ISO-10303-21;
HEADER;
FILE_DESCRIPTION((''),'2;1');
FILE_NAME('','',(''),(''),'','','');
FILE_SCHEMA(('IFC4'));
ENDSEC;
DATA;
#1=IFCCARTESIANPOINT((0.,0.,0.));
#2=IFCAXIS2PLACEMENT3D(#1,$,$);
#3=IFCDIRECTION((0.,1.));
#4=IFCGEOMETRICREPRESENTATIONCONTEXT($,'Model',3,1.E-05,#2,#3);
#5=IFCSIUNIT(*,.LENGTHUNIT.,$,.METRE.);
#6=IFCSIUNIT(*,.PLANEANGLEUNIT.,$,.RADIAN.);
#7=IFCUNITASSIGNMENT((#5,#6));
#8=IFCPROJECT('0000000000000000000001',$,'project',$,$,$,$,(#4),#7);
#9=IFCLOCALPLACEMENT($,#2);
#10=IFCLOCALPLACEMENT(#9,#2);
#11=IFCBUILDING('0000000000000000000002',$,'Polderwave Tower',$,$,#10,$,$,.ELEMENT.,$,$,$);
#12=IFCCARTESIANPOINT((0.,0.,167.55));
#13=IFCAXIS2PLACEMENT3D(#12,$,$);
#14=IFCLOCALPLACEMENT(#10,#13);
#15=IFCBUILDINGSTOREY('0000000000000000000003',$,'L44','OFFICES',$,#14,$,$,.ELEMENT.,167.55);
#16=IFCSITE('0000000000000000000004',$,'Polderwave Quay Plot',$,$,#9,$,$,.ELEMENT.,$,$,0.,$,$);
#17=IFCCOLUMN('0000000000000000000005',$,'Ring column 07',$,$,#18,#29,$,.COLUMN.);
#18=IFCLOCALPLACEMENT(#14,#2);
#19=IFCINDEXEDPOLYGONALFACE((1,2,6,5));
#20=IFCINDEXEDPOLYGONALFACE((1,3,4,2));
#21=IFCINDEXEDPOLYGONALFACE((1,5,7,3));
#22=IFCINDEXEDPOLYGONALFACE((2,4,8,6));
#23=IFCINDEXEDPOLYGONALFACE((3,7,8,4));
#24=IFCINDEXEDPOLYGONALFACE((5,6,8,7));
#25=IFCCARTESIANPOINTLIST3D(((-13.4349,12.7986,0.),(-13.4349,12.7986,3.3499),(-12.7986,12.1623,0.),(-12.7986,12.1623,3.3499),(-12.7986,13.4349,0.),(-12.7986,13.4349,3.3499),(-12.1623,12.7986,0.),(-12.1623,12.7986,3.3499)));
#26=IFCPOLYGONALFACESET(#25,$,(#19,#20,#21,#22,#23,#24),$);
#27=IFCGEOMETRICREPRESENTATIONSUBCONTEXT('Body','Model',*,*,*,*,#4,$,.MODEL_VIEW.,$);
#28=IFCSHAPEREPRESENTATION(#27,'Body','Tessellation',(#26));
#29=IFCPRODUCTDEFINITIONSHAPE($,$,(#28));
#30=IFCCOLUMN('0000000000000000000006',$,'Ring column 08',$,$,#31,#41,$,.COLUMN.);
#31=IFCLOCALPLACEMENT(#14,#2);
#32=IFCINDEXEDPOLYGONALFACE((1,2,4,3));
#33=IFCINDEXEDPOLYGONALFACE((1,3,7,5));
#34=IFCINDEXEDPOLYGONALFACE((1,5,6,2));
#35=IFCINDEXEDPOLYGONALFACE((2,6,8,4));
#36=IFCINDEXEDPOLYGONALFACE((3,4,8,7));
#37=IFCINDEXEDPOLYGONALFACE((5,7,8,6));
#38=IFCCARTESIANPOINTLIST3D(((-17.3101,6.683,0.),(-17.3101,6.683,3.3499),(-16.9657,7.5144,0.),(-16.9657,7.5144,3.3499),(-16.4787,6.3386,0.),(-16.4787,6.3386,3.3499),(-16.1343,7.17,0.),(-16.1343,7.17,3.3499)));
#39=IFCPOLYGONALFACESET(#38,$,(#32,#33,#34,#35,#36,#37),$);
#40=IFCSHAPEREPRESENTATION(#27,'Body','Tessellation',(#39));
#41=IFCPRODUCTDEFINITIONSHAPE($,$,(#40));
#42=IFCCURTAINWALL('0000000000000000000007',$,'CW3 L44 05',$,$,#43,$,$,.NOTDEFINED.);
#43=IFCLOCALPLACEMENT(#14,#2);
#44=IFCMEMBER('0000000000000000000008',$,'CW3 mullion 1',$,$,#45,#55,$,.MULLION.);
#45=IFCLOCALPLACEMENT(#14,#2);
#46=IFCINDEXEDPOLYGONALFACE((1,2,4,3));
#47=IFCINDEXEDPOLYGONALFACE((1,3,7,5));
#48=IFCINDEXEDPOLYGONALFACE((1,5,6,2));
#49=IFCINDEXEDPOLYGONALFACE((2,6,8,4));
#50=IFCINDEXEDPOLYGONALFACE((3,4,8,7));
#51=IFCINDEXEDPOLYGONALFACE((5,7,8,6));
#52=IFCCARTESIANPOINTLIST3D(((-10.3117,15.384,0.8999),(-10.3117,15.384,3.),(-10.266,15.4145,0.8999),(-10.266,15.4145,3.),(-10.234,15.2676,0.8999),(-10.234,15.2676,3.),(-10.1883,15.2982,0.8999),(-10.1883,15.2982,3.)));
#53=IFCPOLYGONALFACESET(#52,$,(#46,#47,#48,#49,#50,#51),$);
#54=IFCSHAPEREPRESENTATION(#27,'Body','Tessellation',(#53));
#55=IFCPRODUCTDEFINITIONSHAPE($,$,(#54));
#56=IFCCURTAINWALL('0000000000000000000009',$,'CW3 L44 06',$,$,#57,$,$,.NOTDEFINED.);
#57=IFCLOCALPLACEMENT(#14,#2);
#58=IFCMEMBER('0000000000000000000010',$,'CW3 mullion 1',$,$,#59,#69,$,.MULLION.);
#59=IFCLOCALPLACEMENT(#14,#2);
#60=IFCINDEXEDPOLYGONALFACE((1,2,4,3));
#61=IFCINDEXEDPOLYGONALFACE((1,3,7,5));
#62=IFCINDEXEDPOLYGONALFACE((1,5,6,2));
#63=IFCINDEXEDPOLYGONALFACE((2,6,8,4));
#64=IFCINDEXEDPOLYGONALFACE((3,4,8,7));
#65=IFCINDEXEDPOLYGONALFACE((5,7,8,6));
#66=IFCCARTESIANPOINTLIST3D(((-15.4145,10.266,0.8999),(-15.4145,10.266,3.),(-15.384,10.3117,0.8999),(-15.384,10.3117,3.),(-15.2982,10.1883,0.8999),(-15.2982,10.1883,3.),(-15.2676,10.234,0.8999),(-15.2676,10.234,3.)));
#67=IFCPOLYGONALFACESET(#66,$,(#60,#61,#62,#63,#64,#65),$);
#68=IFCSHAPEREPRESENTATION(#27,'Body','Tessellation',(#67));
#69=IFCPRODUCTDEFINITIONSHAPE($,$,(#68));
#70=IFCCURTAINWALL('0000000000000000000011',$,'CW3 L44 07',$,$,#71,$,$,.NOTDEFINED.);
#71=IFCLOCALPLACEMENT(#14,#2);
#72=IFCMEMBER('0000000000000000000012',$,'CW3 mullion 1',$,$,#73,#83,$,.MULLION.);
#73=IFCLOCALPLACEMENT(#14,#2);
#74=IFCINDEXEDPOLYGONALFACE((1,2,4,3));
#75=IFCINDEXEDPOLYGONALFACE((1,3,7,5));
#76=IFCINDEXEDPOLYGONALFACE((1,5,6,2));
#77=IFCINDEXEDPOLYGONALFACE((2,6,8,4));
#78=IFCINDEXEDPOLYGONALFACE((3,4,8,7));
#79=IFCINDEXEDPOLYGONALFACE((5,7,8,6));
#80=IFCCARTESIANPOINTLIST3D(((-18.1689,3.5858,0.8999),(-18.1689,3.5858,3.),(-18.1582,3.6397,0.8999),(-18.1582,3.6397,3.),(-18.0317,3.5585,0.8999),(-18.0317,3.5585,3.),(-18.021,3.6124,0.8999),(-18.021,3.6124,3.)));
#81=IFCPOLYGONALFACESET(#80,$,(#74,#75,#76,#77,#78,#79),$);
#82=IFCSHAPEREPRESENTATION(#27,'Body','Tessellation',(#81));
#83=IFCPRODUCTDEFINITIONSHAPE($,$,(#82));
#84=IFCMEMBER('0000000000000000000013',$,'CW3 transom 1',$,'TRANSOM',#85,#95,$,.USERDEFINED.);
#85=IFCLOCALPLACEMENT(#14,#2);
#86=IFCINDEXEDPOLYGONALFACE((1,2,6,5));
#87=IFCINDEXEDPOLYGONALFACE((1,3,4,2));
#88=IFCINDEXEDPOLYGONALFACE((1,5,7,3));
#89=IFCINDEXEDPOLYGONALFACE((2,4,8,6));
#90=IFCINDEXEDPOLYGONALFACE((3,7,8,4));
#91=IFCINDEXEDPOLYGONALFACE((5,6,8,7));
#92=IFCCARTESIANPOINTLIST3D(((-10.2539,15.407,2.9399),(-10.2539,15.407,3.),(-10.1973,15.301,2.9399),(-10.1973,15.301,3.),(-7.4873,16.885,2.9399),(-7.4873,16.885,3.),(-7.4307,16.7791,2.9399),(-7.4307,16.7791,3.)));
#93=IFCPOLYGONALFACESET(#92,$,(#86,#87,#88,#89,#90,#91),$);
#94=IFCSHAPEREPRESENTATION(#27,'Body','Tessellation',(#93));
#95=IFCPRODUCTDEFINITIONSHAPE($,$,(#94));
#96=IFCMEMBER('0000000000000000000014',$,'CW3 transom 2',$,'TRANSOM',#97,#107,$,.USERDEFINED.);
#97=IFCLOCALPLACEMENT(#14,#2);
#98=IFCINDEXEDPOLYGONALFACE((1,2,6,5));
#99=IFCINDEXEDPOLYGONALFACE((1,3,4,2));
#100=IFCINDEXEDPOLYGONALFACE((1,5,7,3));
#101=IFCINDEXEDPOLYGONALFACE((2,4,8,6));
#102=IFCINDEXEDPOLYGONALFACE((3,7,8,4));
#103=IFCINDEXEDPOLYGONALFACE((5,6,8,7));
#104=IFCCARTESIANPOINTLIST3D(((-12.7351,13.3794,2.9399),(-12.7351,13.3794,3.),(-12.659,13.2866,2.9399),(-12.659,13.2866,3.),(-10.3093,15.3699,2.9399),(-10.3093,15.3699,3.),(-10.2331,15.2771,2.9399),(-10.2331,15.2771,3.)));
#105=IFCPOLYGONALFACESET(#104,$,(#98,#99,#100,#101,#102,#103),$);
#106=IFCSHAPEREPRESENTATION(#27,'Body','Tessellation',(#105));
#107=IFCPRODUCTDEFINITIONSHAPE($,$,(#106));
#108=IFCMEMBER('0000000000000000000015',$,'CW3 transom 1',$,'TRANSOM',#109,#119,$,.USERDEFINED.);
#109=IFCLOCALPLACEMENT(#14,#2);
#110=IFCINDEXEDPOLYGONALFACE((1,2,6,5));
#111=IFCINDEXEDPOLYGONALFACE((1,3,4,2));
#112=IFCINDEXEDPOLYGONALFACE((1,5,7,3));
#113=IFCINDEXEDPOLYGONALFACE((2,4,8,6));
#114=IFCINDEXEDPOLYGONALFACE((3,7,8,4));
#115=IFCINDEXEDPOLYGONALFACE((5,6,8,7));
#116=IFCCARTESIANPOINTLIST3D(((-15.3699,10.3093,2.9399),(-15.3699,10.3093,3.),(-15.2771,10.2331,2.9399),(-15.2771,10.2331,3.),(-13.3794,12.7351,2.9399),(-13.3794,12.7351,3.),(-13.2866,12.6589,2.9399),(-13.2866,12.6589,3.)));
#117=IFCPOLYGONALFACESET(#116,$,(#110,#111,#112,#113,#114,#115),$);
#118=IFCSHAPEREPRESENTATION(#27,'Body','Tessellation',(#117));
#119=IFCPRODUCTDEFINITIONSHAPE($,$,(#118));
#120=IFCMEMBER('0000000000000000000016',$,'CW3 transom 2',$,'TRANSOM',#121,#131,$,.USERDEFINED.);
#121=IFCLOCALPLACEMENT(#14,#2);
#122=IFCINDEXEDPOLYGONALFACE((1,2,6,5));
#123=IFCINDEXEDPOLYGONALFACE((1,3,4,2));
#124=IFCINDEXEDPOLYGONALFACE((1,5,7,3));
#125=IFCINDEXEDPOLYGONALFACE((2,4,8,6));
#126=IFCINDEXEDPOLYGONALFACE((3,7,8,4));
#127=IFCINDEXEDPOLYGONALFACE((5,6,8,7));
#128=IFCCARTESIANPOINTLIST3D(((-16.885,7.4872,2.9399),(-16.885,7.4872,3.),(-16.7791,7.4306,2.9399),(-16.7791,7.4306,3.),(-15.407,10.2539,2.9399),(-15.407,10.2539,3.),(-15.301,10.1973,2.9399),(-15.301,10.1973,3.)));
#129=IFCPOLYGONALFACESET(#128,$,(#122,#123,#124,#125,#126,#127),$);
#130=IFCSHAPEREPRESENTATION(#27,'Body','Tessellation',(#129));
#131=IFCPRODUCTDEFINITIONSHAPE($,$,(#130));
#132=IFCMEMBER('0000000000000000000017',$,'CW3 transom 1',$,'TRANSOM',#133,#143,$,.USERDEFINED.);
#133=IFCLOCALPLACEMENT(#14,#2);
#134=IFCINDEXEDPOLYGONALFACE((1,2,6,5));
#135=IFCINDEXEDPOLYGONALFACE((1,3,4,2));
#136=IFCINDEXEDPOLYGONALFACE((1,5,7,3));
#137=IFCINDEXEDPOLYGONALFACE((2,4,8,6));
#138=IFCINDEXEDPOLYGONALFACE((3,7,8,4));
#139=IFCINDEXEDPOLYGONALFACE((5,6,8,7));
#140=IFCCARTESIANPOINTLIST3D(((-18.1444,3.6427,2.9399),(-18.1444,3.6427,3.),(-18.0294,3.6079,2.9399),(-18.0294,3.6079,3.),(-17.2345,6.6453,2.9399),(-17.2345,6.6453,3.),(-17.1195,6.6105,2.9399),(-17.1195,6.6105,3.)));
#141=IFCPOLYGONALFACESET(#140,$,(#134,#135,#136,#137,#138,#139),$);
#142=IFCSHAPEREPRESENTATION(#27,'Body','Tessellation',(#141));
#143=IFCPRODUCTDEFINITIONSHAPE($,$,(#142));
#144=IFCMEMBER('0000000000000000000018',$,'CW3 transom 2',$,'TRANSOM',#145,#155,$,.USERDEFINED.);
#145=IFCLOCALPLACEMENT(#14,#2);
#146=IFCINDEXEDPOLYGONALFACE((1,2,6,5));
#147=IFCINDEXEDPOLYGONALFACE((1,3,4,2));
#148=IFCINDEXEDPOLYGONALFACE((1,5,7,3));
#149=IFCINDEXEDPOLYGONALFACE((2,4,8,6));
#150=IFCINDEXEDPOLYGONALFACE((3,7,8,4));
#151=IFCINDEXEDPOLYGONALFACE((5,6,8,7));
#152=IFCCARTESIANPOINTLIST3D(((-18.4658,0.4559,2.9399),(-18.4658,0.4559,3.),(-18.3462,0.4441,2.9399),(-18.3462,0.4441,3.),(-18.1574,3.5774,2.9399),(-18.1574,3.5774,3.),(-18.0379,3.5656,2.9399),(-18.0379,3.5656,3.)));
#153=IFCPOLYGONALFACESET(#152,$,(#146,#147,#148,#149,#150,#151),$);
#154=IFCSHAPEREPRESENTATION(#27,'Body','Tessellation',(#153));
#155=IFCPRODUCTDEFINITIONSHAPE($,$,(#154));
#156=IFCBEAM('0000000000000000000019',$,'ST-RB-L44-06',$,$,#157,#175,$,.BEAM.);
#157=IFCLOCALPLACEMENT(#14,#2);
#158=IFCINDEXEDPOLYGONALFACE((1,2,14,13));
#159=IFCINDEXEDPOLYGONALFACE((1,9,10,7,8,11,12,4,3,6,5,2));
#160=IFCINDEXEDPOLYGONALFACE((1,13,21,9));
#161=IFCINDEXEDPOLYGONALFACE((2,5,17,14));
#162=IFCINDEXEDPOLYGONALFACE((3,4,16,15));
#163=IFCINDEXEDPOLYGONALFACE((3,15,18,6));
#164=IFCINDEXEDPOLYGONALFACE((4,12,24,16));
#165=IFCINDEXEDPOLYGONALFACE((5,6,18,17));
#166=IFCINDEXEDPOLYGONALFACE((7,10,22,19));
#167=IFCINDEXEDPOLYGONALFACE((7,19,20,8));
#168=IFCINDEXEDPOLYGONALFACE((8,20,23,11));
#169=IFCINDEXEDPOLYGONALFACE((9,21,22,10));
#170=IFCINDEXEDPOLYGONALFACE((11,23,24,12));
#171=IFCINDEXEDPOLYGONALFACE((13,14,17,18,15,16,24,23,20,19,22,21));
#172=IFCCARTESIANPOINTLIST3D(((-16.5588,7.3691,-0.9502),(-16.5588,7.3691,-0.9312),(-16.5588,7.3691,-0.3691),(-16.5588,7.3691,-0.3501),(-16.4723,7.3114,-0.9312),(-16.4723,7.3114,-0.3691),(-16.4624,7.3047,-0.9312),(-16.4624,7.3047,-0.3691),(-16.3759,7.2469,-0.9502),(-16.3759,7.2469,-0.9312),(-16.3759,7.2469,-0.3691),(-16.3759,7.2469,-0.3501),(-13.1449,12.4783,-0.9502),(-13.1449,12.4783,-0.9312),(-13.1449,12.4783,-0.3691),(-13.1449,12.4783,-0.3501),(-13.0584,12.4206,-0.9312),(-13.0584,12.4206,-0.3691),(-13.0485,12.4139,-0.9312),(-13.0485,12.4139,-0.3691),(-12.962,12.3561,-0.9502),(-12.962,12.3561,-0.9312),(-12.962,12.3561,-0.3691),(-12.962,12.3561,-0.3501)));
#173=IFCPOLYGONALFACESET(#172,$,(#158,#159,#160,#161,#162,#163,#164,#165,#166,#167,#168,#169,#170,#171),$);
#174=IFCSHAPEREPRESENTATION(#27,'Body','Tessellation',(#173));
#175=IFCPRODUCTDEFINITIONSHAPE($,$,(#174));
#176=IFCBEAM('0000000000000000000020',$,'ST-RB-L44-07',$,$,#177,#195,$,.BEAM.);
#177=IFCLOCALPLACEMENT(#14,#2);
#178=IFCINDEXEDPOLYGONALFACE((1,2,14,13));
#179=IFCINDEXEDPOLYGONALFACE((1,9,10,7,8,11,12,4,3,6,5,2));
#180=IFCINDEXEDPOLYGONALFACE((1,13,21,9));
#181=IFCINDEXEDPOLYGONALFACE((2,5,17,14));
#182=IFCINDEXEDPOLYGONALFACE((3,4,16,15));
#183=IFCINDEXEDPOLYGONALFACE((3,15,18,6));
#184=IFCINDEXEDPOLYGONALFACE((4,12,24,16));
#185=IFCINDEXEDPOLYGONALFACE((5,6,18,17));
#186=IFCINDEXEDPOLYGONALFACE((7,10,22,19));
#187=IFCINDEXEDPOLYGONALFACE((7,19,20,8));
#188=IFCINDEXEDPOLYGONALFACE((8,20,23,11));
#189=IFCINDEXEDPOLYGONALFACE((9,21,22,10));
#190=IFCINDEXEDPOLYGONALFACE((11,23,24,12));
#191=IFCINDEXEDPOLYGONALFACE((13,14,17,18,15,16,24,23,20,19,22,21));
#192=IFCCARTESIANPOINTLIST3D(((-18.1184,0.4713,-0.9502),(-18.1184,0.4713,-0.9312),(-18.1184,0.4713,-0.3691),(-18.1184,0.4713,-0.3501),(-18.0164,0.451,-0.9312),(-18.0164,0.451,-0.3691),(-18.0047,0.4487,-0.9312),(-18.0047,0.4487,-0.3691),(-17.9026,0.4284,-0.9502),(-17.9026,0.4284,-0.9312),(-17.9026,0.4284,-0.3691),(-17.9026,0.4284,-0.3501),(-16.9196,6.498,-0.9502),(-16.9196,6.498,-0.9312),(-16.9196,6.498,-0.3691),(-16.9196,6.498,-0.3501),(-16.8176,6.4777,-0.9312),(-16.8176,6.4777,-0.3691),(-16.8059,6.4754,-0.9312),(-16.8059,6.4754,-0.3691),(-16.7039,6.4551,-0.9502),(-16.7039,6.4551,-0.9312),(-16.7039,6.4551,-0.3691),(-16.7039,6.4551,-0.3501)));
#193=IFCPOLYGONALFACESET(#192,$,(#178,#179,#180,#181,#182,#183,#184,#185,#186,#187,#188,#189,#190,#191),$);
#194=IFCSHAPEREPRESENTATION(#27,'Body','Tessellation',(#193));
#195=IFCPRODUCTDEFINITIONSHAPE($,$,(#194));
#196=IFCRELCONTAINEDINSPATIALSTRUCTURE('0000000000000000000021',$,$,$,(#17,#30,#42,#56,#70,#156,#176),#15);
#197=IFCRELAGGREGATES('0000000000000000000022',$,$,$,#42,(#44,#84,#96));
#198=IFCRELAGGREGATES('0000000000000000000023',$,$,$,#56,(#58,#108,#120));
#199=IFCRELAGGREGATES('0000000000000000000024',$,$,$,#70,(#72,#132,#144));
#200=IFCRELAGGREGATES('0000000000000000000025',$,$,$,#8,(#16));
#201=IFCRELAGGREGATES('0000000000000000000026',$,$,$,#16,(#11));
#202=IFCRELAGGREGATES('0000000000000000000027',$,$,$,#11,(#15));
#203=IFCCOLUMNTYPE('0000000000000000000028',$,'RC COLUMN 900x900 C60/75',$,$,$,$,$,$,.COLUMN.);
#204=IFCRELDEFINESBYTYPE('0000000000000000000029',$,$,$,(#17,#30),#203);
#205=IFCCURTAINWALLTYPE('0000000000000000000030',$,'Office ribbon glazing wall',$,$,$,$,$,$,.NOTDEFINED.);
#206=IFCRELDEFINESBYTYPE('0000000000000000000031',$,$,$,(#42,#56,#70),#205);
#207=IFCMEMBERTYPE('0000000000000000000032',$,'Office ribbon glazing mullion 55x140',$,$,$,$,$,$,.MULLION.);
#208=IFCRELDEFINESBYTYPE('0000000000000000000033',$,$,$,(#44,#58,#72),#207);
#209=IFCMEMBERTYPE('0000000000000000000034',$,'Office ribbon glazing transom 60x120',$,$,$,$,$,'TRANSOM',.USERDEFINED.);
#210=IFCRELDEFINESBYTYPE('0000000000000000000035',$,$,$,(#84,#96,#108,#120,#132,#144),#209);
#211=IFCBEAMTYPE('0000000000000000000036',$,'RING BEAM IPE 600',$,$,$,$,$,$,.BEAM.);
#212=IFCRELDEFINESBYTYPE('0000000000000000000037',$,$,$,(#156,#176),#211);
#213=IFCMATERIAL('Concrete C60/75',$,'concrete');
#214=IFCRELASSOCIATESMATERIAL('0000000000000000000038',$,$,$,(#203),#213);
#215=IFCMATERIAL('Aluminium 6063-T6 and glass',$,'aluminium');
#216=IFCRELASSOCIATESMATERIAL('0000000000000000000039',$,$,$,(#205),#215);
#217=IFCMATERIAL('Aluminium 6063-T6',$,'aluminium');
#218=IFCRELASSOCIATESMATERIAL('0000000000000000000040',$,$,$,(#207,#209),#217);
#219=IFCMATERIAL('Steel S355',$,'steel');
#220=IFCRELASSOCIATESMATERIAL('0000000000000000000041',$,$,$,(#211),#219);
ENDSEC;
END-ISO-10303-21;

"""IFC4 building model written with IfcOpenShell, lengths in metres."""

from ifc_helpers import new_model, si_unit, direction, frame, origin, origin_2d, place, context, subcontext, project, spatial, rectangle, i_section, extrude, material, material_profile, profile_set, type_object, element, aggregate, save


model = new_model("IFC4")

# Units and contexts
model_context = context("Model", 3, precision=1e-05, world=origin(), true_north=direction((0.0, 1.0)))
body_context = subcontext(model_context, "Body", "Model", "MODEL_VIEW")
ifc_project = project(units=[si_unit("LENGTHUNIT", "METRE"), si_unit("PLANEANGLEUNIT", "RADIAN")], contexts=[model_context])

# Site, building, storey
site_placement = place(None, origin())
site = spatial("IfcSite", under=ifc_project, at=site_placement, Name="Polderwave Quay Plot", CompositionType="ELEMENT", RefElevation=0.0)
building_placement = place(site_placement, origin())
building = spatial("IfcBuilding", under=site, at=building_placement, Name="Polderwave Tower", CompositionType="ELEMENT")
storey_placement = place(building_placement, frame((0.0, 0.0, 167.55)))
storey = spatial("IfcBuildingStorey", under=building, at=storey_placement, Name="L44", Description="OFFICES", CompositionType="ELEMENT", Elevation=167.55)

# Columns
ifc_material_1 = material(Name="Concrete C60/75", Category="concrete")
ifc_material_profile_1 = material_profile(ifc_material_1, rectangle(XDim=0.8999, YDim=0.8999, at=origin_2d()), Name="RC 900x900")
ifc_profile_set_1 = profile_set([ifc_material_profile_1], Name="Concrete C60/75")
column_type = type_object("IfcColumnType", Name="RC COLUMN 900x900 C60/75", PredefinedType="COLUMN", material=ifc_profile_set_1)
for number, where, z_axis, x_axis, name in (
    (1, (-12.7986, 12.7986, 0.0), (0.0, 0.0, 1.0), (-0.707107, 0.707107, 0.0), "Ring column 07"),
    (2, (-16.7222, 6.9265, 0.0), (0.0, 0.0, 1.0), (-0.92388, 0.382683, 0.0), "Ring column 08"),
):
    element("IfcColumn", number, at=place(storey_placement, frame(where, z_axis=z_axis, x_axis=x_axis)), inside=storey, type_object=column_type, Name=name, PredefinedType="COLUMN", context=body_context, shape_type="SweptSolid", body=[
        extrude(rectangle(XDim=0.8999, YDim=0.8999, at=origin_2d()), origin(), (0.0, 0.0, 1.0), 3.3499),
    ])

# Curtain walls, members
ifc_material_2 = material(Name="Aluminium 6063-T6 and glass", Category="aluminium")
curtain_wall_type = type_object("IfcCurtainWallType", Name="Office ribbon glazing wall", PredefinedType="NOTDEFINED", material=ifc_material_2)
curtain_wall_1_placement = place(storey_placement, origin())
curtain_wall_1 = element("IfcCurtainWall", 3, at=curtain_wall_1_placement, inside=storey, type_object=curtain_wall_type, Name="CW3 L44 05", PredefinedType="NOTDEFINED")
ifc_material_3 = material(Name="Aluminium 6063-T6", Category="aluminium")
ifc_material_profile_2 = material_profile(ifc_material_3, rectangle(XDim=0.1399, YDim=0.0549, at=origin_2d()), Name="AL 55x140")
ifc_profile_set_2 = profile_set([ifc_material_profile_2], Name="Aluminium 6063-T6")
member_type_1 = type_object("IfcMemberType", Name="Office ribbon glazing mullion 55x140", PredefinedType="MULLION", material=ifc_profile_set_2)
member_1_placement = place(storey_placement, frame((-10.25, 15.3411, 0.8999), z_axis=(0.0, 0.0, 1.0), x_axis=(0.555454, -0.831547, 0.0)))
member_1 = element("IfcMember", 4, at=member_1_placement, type_object=member_type_1, Name="CW3 mullion 1", PredefinedType="MULLION", context=body_context, shape_type="SweptSolid", body=[
    extrude(rectangle(XDim=0.1399, YDim=0.0549, at=origin_2d()), origin(), (0.0, 0.0, 1.0), 2.1001),
])
curtain_wall_2_placement = place(storey_placement, origin())
curtain_wall_2 = element("IfcCurtainWall", 5, at=curtain_wall_2_placement, inside=storey, type_object=curtain_wall_type, Name="CW3 L44 06", PredefinedType="NOTDEFINED")
member_2_placement = place(storey_placement, frame((-15.3411, 10.25, 0.8999), z_axis=(0.0, 0.0, 1.0), x_axis=(0.831547, -0.555454, 0.0)))
member_2 = element("IfcMember", 6, at=member_2_placement, type_object=member_type_1, Name="CW3 mullion 1", PredefinedType="MULLION", context=body_context, shape_type="SweptSolid", body=[
    extrude(rectangle(XDim=0.1399, YDim=0.0549, at=origin_2d()), origin(), (0.0, 0.0, 1.0), 2.1001),
])
curtain_wall_3_placement = place(storey_placement, origin())
curtain_wall_3 = element("IfcCurtainWall", 7, at=curtain_wall_3_placement, inside=storey, type_object=curtain_wall_type, Name="CW3 L44 07", PredefinedType="NOTDEFINED")
member_3_placement = place(storey_placement, frame((-18.095, 3.5991, 0.8999), z_axis=(0.0, 0.0, 1.0), x_axis=(0.980784, -0.195097, 0.0)))
member_3 = element("IfcMember", 8, at=member_3_placement, type_object=member_type_1, Name="CW3 mullion 1", PredefinedType="MULLION", context=body_context, shape_type="SweptSolid", body=[
    extrude(rectangle(XDim=0.1399, YDim=0.0549, at=origin_2d()), origin(), (0.0, 0.0, 1.0), 2.1001),
])

# Members
ifc_material_profile_3 = material_profile(ifc_material_3, rectangle(XDim=0.1201, YDim=0.0601, at=origin_2d()), Name="AL 60x120")
ifc_profile_set_3 = profile_set([ifc_material_profile_3], Name="Aluminium 6063-T6")
member_type_2 = type_object("IfcMemberType", Name="Office ribbon glazing transom 60x120", ElementType="TRANSOM", PredefinedType="USERDEFINED", material=ifc_profile_set_3)
member_4_placement = place(storey_placement, frame((-7.459, 16.832, 2.97), z_axis=(-0.882021, -0.47121, 0.0), x_axis=(0.47121, -0.882021, 0.0)))
member_4 = element("IfcMember", 9, at=member_4_placement, type_object=member_type_2, Name="CW3 transom 1", ObjectType="TRANSOM", PredefinedType="USERDEFINED", context=body_context, shape_type="SweptSolid", body=[
    extrude(rectangle(XDim=0.1201, YDim=0.0601, at=origin_2d()), origin(), (0.0, 0.0, 1.0), 3.1367),
])
member_5_placement = place(storey_placement, frame((-10.2712, 15.3235, 2.97), z_axis=(-0.773059, -0.634334, 0.0), x_axis=(0.634334, -0.773059, 0.0)))
member_5 = element("IfcMember", 10, at=member_5_placement, type_object=member_type_2, Name="CW3 transom 2", ObjectType="TRANSOM", PredefinedType="USERDEFINED", context=body_context, shape_type="SweptSolid", body=[
    extrude(rectangle(XDim=0.1201, YDim=0.0601, at=origin_2d()), origin(), (0.0, 0.0, 1.0), 3.1379),
])
member_6_placement = place(storey_placement, frame((-13.333, 12.697, 2.97), z_axis=(-0.634334, -0.773059, 0.0), x_axis=(0.773059, -0.634334, 0.0)))
member_6 = element("IfcMember", 11, at=member_6_placement, type_object=member_type_2, Name="CW3 transom 1", ObjectType="TRANSOM", PredefinedType="USERDEFINED", context=body_context, shape_type="SweptSolid", body=[
    extrude(rectangle(XDim=0.1201, YDim=0.0601, at=origin_2d()), origin(), (0.0, 0.0, 1.0), 3.1379),
])
member_7_placement = place(storey_placement, frame((-15.354, 10.2256, 2.97), z_axis=(-0.47121, -0.882021, 0.0), x_axis=(0.882021, -0.47121, 0.0)))
member_7 = element("IfcMember", 12, at=member_7_placement, type_object=member_type_2, Name="CW3 transom 2", ObjectType="TRANSOM", PredefinedType="USERDEFINED", context=body_context, shape_type="SweptSolid", body=[
    extrude(rectangle(XDim=0.1201, YDim=0.0601, at=origin_2d()), origin(), (0.0, 0.0, 1.0), 3.1367),
])
member_8_placement = place(storey_placement, frame((-17.177, 6.6279, 2.97), z_axis=(-0.29001, -0.957024, 0.0), x_axis=(0.957024, -0.29001, 0.0)))
member_8 = element("IfcMember", 13, at=member_8_placement, type_object=member_type_2, Name="CW3 transom 1", ObjectType="TRANSOM", PredefinedType="USERDEFINED", context=body_context, shape_type="SweptSolid", body=[
    extrude(rectangle(XDim=0.1201, YDim=0.0601, at=origin_2d()), origin(), (0.0, 0.0, 1.0), 3.1375),
])
member_9_placement = place(storey_placement, frame((-18.0977, 3.5715, 2.97), z_axis=(-0.098301, -0.995157, 0.0), x_axis=(0.995157, -0.098301, 0.0)))
member_9 = element("IfcMember", 14, at=member_9_placement, type_object=member_type_2, Name="CW3 transom 2", ObjectType="TRANSOM", PredefinedType="USERDEFINED", context=body_context, shape_type="SweptSolid", body=[
    extrude(rectangle(XDim=0.1201, YDim=0.0601, at=origin_2d()), origin(), (0.0, 0.0, 1.0), 3.1367),
])

# Beams
ifc_material_4 = material(Name="Steel S355", Category="steel")
ifc_material_profile_4 = material_profile(ifc_material_4, i_section(OverallWidth=0.22, OverallDepth=0.6001, WebThickness=0.012, FlangeThickness=0.019, at=origin_2d()), Name="IPE 600")
ifc_profile_set_4 = profile_set([ifc_material_profile_4], Name="Steel S355")
beam_type = type_object("IfcBeamType", Name="RING BEAM IPE 600", PredefinedType="BEAM", material=ifc_profile_set_4)
for number, where, z_axis, x_axis, name in (
    (15, (-13.0535, 12.4172, -0.6501), (-0.555571, -0.831469, 0.0), (0.831469, -0.555571, 0.0), "ST-RB-L44-06"),
    (16, (-16.8118, 6.4766, -0.6501), (-0.195085, -0.980786, 0.0), (0.980786, -0.195085, 0.0), "ST-RB-L44-07"),
):
    element("IfcBeam", number, at=place(storey_placement, frame(where, z_axis=z_axis, x_axis=x_axis)), inside=storey, type_object=beam_type, Name=name, PredefinedType="BEAM", context=body_context, shape_type="SweptSolid", body=[
        extrude(i_section(OverallWidth=0.22, OverallDepth=0.6001, WebThickness=0.012, FlangeThickness=0.019, at=origin_2d()), origin(), (0.0, 0.0, 1.0), 6.1448),
    ])

aggregate(curtain_wall_1, [member_1, member_4, member_5])
aggregate(curtain_wall_2, [member_2, member_6, member_7])
aggregate(curtain_wall_3, [member_3, member_8, member_9])

save(model, "model.ifc")
